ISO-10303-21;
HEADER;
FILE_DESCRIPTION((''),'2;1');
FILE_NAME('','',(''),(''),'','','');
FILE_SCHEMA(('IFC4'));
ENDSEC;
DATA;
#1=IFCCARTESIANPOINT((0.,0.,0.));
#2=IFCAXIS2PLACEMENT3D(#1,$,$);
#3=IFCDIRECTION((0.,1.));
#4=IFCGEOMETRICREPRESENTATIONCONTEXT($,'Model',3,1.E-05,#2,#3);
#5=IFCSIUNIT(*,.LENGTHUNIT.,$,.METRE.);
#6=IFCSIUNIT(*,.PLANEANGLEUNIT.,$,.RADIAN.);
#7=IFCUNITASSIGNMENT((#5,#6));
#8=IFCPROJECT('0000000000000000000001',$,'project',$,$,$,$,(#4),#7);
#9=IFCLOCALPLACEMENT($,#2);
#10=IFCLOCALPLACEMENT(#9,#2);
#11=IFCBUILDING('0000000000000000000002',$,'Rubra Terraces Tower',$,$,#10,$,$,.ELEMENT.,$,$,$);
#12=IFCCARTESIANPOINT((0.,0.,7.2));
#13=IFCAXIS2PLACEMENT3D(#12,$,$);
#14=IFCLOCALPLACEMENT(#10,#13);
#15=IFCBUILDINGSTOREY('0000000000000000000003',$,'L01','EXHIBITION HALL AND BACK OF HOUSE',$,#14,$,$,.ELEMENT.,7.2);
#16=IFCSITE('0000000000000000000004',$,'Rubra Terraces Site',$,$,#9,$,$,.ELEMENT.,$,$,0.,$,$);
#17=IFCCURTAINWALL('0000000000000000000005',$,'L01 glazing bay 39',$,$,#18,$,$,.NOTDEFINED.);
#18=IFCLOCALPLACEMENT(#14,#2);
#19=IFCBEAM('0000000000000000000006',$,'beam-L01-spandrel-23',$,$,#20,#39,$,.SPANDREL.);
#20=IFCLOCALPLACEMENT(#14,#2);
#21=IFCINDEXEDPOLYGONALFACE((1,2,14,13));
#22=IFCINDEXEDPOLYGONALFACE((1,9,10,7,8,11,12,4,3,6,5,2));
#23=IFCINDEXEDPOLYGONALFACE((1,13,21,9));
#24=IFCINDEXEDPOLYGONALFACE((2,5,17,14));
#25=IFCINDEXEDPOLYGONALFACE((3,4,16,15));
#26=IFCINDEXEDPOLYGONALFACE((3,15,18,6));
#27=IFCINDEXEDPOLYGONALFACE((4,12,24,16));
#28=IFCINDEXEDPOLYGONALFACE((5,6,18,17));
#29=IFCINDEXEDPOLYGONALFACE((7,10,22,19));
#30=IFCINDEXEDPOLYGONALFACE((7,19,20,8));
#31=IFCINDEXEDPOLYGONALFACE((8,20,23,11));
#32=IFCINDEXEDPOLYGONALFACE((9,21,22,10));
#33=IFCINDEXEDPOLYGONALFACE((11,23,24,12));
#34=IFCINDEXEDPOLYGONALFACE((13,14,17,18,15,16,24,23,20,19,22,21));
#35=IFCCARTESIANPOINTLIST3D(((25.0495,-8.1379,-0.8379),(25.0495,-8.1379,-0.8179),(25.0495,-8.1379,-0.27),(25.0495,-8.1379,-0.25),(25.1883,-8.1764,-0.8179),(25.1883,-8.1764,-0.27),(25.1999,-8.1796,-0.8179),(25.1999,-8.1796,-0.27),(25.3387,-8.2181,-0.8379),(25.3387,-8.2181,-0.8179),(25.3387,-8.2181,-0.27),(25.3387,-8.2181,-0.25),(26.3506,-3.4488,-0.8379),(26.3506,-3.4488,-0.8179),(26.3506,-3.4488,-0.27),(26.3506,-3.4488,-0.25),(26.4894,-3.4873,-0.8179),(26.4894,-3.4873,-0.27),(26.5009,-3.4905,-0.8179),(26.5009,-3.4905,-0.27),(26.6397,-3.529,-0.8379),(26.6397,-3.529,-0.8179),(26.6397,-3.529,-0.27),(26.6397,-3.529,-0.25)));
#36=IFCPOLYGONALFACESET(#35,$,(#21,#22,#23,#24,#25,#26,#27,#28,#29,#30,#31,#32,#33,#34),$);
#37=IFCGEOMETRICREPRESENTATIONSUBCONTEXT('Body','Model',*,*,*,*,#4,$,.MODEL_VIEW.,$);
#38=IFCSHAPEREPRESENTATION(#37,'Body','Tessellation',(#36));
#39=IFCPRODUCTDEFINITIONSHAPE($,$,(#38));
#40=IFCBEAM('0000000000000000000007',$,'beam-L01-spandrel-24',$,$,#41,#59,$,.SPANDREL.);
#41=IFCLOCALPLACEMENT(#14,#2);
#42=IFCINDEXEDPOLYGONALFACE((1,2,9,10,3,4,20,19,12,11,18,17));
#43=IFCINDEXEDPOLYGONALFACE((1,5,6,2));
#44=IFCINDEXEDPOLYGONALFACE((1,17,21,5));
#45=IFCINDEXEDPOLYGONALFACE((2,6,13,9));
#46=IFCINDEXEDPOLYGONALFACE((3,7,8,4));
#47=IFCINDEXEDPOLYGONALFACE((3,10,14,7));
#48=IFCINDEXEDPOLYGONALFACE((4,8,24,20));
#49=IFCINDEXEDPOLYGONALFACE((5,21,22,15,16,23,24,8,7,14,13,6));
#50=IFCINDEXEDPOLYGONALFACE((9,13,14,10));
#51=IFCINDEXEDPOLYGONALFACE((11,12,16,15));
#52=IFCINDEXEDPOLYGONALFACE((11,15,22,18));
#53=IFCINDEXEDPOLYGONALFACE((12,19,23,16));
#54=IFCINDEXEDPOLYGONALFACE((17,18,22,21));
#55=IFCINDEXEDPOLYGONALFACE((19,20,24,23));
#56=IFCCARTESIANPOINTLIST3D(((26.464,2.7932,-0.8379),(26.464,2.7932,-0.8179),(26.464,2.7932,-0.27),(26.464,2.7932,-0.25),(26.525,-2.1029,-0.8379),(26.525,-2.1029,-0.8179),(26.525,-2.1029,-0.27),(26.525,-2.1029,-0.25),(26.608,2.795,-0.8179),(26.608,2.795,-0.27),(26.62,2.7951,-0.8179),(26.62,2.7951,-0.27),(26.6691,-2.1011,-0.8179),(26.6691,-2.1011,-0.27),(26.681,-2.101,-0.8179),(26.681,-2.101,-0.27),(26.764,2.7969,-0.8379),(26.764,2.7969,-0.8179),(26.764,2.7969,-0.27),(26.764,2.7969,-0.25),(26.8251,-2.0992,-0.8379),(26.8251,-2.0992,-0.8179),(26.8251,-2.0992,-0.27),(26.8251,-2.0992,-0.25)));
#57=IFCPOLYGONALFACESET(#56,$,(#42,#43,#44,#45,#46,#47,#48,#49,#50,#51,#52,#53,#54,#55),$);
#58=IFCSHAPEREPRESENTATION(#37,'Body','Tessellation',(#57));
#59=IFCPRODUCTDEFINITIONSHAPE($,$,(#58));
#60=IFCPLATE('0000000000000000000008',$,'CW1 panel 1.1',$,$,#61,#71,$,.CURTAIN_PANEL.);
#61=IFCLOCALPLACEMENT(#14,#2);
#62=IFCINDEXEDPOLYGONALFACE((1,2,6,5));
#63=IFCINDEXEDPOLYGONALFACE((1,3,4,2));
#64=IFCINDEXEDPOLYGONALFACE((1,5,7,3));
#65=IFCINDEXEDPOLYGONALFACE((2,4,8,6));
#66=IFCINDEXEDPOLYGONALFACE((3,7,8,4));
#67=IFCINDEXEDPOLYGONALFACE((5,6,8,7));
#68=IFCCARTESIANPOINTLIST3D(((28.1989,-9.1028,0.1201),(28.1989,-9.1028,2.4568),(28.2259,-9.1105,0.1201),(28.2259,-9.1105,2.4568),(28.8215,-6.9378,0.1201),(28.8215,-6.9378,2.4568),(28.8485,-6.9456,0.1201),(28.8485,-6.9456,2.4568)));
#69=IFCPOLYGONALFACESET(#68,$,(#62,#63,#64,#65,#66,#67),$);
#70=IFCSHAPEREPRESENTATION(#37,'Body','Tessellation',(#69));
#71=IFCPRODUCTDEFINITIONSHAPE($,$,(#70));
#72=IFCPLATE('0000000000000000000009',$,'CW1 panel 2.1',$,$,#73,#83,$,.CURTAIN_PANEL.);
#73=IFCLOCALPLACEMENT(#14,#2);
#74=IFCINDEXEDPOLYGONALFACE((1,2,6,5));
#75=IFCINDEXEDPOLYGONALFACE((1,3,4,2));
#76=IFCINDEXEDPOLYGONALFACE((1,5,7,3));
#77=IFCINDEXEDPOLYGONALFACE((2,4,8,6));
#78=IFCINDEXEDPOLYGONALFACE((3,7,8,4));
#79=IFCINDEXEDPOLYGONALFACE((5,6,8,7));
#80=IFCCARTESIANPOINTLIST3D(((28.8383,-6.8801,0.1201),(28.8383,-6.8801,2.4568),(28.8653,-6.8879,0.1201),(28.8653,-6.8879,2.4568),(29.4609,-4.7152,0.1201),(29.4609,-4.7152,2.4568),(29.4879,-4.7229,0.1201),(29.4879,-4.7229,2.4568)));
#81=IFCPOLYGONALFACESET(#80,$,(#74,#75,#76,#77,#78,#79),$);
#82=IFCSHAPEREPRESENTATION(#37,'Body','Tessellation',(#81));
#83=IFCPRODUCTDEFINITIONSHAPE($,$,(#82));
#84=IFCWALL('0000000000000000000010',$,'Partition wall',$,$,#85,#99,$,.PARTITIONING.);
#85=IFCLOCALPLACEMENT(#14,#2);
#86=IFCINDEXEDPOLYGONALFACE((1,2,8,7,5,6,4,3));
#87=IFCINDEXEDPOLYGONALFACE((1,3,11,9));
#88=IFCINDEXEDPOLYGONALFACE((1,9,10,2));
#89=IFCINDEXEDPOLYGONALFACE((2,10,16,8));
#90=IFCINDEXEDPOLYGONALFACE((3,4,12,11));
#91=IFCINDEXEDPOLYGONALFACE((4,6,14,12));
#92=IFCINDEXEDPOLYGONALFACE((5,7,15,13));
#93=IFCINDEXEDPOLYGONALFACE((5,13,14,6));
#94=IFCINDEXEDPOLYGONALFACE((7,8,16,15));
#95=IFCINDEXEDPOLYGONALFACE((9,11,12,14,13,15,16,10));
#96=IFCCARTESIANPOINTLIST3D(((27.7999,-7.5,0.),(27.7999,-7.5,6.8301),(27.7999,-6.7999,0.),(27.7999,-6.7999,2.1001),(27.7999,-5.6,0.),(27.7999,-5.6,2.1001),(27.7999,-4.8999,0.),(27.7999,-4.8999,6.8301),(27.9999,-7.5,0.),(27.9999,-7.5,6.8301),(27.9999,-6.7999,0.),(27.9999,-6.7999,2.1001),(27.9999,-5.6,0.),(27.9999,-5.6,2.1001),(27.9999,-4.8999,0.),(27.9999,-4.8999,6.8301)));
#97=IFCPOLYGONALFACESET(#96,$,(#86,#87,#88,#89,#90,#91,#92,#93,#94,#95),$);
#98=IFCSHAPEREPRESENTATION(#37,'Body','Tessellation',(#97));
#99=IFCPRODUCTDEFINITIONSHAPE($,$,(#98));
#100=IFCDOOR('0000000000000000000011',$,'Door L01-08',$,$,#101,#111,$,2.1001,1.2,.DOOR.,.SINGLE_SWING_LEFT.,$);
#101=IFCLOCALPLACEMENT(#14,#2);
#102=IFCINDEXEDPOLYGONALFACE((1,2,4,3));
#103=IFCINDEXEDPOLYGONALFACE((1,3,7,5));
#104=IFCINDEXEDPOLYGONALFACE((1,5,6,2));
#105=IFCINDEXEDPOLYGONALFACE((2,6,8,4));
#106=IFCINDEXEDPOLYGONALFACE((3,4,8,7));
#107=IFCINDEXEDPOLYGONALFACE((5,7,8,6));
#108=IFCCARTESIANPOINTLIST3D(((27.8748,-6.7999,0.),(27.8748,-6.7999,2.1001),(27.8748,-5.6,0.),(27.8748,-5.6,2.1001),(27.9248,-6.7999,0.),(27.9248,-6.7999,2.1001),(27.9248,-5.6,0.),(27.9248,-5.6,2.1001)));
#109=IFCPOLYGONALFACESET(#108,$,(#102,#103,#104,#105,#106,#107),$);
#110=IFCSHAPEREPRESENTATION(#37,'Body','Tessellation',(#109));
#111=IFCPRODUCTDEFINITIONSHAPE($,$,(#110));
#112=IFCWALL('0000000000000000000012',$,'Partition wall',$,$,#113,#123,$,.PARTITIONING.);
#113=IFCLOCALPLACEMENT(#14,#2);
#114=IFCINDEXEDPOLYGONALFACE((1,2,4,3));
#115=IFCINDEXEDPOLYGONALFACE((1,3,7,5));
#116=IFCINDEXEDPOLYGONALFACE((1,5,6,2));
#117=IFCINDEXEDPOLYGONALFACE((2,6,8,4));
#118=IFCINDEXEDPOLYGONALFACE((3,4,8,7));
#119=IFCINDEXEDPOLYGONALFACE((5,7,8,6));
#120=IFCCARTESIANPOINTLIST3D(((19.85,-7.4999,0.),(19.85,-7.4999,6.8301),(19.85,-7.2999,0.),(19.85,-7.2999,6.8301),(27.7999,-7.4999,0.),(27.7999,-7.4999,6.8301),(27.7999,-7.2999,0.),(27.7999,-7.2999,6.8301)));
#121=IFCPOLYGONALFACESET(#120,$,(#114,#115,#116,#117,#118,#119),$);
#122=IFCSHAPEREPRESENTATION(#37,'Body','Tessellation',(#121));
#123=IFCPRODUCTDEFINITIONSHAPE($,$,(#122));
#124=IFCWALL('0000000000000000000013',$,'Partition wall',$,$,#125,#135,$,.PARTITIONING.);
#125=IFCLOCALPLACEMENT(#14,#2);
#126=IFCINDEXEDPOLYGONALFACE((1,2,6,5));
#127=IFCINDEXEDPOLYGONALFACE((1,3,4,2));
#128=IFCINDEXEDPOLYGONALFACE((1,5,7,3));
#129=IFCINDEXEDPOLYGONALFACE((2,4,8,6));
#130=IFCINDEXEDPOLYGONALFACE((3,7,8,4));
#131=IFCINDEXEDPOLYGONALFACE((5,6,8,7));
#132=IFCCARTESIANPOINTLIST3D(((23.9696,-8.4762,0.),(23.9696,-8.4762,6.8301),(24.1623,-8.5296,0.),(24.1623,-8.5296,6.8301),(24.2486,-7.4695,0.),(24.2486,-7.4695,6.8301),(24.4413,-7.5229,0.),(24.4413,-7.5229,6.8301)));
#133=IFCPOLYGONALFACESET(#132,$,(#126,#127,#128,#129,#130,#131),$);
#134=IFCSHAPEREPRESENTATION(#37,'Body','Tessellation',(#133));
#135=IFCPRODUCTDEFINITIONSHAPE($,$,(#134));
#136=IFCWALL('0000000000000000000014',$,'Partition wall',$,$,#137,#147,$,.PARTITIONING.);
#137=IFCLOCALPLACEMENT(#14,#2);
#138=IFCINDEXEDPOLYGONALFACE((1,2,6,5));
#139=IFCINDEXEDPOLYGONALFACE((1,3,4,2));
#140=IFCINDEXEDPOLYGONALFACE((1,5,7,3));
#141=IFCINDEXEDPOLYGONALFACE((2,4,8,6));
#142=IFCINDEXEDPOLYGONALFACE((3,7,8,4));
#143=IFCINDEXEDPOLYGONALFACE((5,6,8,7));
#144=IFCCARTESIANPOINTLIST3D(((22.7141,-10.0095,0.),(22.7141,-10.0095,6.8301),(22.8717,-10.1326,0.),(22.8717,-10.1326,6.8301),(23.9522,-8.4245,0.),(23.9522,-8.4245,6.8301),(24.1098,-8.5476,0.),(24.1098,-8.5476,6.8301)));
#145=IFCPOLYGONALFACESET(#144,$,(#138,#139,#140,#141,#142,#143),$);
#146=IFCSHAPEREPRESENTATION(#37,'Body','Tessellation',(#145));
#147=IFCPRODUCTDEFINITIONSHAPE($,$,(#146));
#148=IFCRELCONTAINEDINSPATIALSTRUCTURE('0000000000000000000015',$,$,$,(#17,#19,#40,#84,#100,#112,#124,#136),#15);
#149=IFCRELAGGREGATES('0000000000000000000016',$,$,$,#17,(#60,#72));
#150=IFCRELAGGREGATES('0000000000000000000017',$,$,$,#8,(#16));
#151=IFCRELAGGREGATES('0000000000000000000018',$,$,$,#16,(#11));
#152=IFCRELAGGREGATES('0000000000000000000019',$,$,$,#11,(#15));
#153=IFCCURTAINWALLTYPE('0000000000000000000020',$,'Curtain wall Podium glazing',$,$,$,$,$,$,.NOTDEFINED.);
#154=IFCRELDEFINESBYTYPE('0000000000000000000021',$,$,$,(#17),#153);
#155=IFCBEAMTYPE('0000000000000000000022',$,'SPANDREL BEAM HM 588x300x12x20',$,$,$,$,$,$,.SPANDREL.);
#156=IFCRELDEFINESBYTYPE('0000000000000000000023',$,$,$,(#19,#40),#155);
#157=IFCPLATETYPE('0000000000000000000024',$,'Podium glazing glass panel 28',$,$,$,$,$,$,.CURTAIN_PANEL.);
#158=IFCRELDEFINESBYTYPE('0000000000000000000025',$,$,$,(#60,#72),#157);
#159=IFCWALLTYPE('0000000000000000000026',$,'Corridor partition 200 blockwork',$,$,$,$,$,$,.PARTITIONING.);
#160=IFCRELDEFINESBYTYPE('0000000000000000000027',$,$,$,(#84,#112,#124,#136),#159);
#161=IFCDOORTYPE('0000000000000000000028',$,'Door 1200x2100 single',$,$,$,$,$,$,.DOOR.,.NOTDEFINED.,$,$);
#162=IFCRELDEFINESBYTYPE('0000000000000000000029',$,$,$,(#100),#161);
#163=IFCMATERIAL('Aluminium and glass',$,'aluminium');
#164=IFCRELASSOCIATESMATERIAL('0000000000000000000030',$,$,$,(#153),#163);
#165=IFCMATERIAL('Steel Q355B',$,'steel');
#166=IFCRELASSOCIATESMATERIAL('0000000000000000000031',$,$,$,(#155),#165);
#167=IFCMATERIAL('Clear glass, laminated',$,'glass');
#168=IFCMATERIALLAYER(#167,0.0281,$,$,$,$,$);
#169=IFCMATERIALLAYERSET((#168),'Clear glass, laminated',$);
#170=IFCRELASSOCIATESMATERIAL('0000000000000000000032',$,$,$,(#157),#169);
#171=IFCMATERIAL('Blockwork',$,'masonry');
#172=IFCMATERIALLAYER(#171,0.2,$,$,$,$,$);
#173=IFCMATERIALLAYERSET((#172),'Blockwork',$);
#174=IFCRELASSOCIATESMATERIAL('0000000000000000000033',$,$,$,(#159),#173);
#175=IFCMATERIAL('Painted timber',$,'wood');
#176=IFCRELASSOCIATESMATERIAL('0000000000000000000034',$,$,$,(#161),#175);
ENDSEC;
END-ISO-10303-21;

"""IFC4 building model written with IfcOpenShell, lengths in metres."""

from ifc_helpers import new_model, si_unit, direction, frame, frame_2d, origin, origin_2d, place, context, subcontext, project, spatial, rectangle, i_section, extrude, material, layer, layer_set, material_profile, profile_set, type_object, element, fill, aggregate, save


model = new_model("IFC4")

# Units and contexts
model_context = context("Model", 3, precision=1e-05, world=origin(), true_north=direction((0.0, 1.0)))
body_context = subcontext(model_context, "Body", "Model", "MODEL_VIEW")
ifc_project = project(units=[si_unit("LENGTHUNIT", "METRE"), si_unit("PLANEANGLEUNIT", "RADIAN")], contexts=[model_context])

# Site, building, storey
site_placement = place(None, origin())
site = spatial("IfcSite", under=ifc_project, at=site_placement, Name="Rubra Terraces Site", CompositionType="ELEMENT", RefElevation=0.0)
building_placement = place(site_placement, origin())
building = spatial("IfcBuilding", under=site, at=building_placement, Name="Rubra Terraces Tower", CompositionType="ELEMENT")
storey_placement = place(building_placement, frame((0.0, 0.0, 7.2)))
storey = spatial("IfcBuildingStorey", under=building, at=storey_placement, Name="L01", Description="EXHIBITION HALL AND BACK OF HOUSE", CompositionType="ELEMENT", Elevation=7.2)

# Shared definitions
ifc_material_1 = material(Name="Steel Q355B", Category="steel")

# Curtain wall
ifc_material_2 = material(Name="Aluminium and glass", Category="aluminium")
curtain_wall_type = type_object("IfcCurtainWallType", Name="Curtain wall Podium glazing", PredefinedType="NOTDEFINED", material=ifc_material_2)
curtain_wall_1_placement = place(storey_placement, origin())
curtain_wall_1 = element("IfcCurtainWall", 1, at=curtain_wall_1_placement, inside=storey, type_object=curtain_wall_type, Name="L01 glazing bay 39", PredefinedType="NOTDEFINED")

# Beams
ifc_material_profile_1 = material_profile(ifc_material_1, i_section(OverallWidth=0.3, OverallDepth=0.5879, WebThickness=0.012, FlangeThickness=0.02, at=origin_2d()), Name="HM 588x300x12x20")
ifc_profile_set_1 = profile_set([ifc_material_profile_1], Name="Steel Q355B")
beam_type_1 = type_object("IfcBeamType", Name="SPANDREL BEAM HM 588x300x12x20", PredefinedType="SPANDREL", material=ifc_profile_set_1)
beam_1_placement = place(storey_placement, frame((25.1941, -8.178, -0.5439), z_axis=(0.267364, 0.963595, 0.0), x_axis=(-0.963595, 0.267364, 0.0)))
element("IfcBeam", 2, at=beam_1_placement, inside=storey, type_object=beam_type_1, Name="beam-L01-spandrel-23", PredefinedType="SPANDREL", context=body_context, shape_type="SweptSolid", body=[
    extrude(i_section(OverallWidth=0.3, OverallDepth=0.5879, WebThickness=0.012, FlangeThickness=0.02, at=origin_2d()), origin(), (0.0, 0.0, 1.0), 4.8662),
])
beam_2_placement = place(storey_placement, frame((26.675, -2.1011, -0.5439), z_axis=(-0.012465, 0.999922, 0.0), x_axis=(-0.999922, -0.012465, 0.0)))
element("IfcBeam", 3, at=beam_2_placement, inside=storey, type_object=beam_type_1, Name="beam-L01-spandrel-24", PredefinedType="SPANDREL", context=body_context, shape_type="SweptSolid", body=[
    extrude(i_section(OverallWidth=0.3, OverallDepth=0.5879, WebThickness=0.012, FlangeThickness=0.02, at=origin_2d()), origin(), (0.0, 0.0, 1.0), 4.8965),
])

# Plates
ifc_material_3 = material(Name="Clear glass, laminated", Category="glass")
ifc_layer_1 = layer(ifc_material_3, 0.0281)
ifc_layer_set_1 = layer_set([ifc_layer_1], Name="Clear glass, laminated")
plate_type = type_object("IfcPlateType", Name="Podium glazing glass panel 28", PredefinedType="CURTAIN_PANEL", material=ifc_layer_set_1)
plate_1_placement = place(storey_placement, frame((28.5237, -8.0242, 0.1201), z_axis=(0.0, 0.0, 1.0), x_axis=(0.276384, 0.961047, 0.0)))
plate_1 = element("IfcPlate", 4, at=plate_1_placement, type_object=plate_type, Name="CW1 panel 1.1", PredefinedType="CURTAIN_PANEL", context=body_context, shape_type="SweptSolid", body=[
    extrude(rectangle(XDim=2.2527, YDim=0.0281, at=origin_2d()), origin(), (0.0, 0.0, 1.0), 2.3367),
])
plate_2_placement = place(storey_placement, frame((29.1631, -5.8015, 0.1201), z_axis=(0.0, 0.0, 1.0), x_axis=(0.276384, 0.961047, 0.0)))
plate_2 = element("IfcPlate", 5, at=plate_2_placement, type_object=plate_type, Name="CW1 panel 2.1", PredefinedType="CURTAIN_PANEL", context=body_context, shape_type="SweptSolid", body=[
    extrude(rectangle(XDim=2.2527, YDim=0.0281, at=origin_2d()), origin(), (0.0, 0.0, 1.0), 2.3367),
])
aggregate(curtain_wall_1, [plate_1, plate_2])

# Wall, opening, door
ifc_material_4 = material(Name="Blockwork", Category="masonry")
ifc_layer_2 = layer(ifc_material_4, 0.2)
ifc_layer_set_2 = layer_set([ifc_layer_2], Name="Blockwork")
wall_type = type_object("IfcWallType", Name="Corridor partition 200 blockwork", PredefinedType="PARTITIONING", material=ifc_layer_set_2)
wall_1_placement = place(storey_placement, frame((27.8999, -4.8999, 0.0), z_axis=(0.0, 0.0, 1.0), x_axis=(0.0, -1.0, 0.0)))
wall_1 = element("IfcWall", 6, at=wall_1_placement, inside=storey, type_object=wall_type, Name="Partition wall", PredefinedType="PARTITIONING", context=body_context, shape_type="SweptSolid", body=[
    extrude(rectangle(XDim=2.6001, YDim=0.2, at=frame_2d((1.3, 0.0))), origin(), (0.0, 0.0, 1.0), 6.8301),
])
opening_placement = place(wall_1_placement, frame((0.7, 0.0, 0.0)))
opening = element("IfcOpeningElement", 7, at=opening_placement, cuts=wall_1, PredefinedType="OPENING", context=body_context, shape_type="SweptSolid", body=[
    extrude(rectangle(XDim=1.2, YDim=2.1001, at=frame_2d((0.6001, 1.05))), frame((0.0, 0.1099, 0.0), z_axis=(0.0, -1.0, 0.0), x_axis=(1.0, 0.0, 0.0)), (0.0, 0.0, 1.0), 0.22),
])
ifc_material_5 = material(Name="Painted timber", Category="wood")
door_type = type_object("IfcDoorType", Name="Door 1200x2100 single", OperationType="NOTDEFINED", PredefinedType="DOOR", material=ifc_material_5)
door_placement = place(opening_placement, origin())
door = element("IfcDoor", 8, at=door_placement, inside=storey, type_object=door_type, Name="Door L01-08", OperationType="SINGLE_SWING_LEFT", OverallHeight=2.1001, OverallWidth=1.2, PredefinedType="DOOR", context=body_context, shape_type="SweptSolid", body=[
    extrude(rectangle(XDim=1.2, YDim=2.1001, at=frame_2d((0.6001, 1.05))), frame((0.0, 0.0249, 0.0), z_axis=(0.0, -1.0, 0.0), x_axis=(1.0, 0.0, 0.0)), (0.0, 0.0, 1.0), 0.05),
])
fill(opening, door)

# Walls
wall_2_placement = place(storey_placement, frame((27.8, -7.3999, 0.0), z_axis=(0.0, 0.0, 1.0), x_axis=(-1.0, 0.0, 0.0)))
element("IfcWall", 9, at=wall_2_placement, inside=storey, type_object=wall_type, Name="Partition wall", PredefinedType="PARTITIONING", context=body_context, shape_type="SweptSolid", body=[
    extrude(rectangle(XDim=7.95, YDim=0.2, at=frame_2d((3.9751, 0.0))), origin(), (0.0, 0.0, 1.0), 6.8301),
])
wall_3_placement = place(storey_placement, frame((24.345, -7.4961, 0.0), z_axis=(0.0, 0.0, 1.0), x_axis=(-0.267089, -0.963672, 0.0)))
element("IfcWall", 10, at=wall_3_placement, inside=storey, type_object=wall_type, Name="Partition wall", PredefinedType="PARTITIONING", context=body_context, shape_type="SweptSolid", body=[
    extrude(rectangle(XDim=1.0447, YDim=0.2, at=frame_2d((0.5225, 0.0))), origin(), (0.0, 0.0, 1.0), 6.8301),
])
wall_4_placement = place(storey_placement, frame((24.031, -8.4861, 0.0), z_axis=(0.0, 0.0, 1.0), x_axis=(-0.615578, -0.788076, 0.0)))
element("IfcWall", 11, at=wall_4_placement, inside=storey, type_object=wall_type, Name="Partition wall", PredefinedType="PARTITIONING", context=body_context, shape_type="SweptSolid", body=[
    extrude(rectangle(XDim=2.0112, YDim=0.2, at=frame_2d((1.0056, 0.0))), origin(), (0.0, 0.0, 1.0), 6.8301),
])

save(model, "model.ifc")
